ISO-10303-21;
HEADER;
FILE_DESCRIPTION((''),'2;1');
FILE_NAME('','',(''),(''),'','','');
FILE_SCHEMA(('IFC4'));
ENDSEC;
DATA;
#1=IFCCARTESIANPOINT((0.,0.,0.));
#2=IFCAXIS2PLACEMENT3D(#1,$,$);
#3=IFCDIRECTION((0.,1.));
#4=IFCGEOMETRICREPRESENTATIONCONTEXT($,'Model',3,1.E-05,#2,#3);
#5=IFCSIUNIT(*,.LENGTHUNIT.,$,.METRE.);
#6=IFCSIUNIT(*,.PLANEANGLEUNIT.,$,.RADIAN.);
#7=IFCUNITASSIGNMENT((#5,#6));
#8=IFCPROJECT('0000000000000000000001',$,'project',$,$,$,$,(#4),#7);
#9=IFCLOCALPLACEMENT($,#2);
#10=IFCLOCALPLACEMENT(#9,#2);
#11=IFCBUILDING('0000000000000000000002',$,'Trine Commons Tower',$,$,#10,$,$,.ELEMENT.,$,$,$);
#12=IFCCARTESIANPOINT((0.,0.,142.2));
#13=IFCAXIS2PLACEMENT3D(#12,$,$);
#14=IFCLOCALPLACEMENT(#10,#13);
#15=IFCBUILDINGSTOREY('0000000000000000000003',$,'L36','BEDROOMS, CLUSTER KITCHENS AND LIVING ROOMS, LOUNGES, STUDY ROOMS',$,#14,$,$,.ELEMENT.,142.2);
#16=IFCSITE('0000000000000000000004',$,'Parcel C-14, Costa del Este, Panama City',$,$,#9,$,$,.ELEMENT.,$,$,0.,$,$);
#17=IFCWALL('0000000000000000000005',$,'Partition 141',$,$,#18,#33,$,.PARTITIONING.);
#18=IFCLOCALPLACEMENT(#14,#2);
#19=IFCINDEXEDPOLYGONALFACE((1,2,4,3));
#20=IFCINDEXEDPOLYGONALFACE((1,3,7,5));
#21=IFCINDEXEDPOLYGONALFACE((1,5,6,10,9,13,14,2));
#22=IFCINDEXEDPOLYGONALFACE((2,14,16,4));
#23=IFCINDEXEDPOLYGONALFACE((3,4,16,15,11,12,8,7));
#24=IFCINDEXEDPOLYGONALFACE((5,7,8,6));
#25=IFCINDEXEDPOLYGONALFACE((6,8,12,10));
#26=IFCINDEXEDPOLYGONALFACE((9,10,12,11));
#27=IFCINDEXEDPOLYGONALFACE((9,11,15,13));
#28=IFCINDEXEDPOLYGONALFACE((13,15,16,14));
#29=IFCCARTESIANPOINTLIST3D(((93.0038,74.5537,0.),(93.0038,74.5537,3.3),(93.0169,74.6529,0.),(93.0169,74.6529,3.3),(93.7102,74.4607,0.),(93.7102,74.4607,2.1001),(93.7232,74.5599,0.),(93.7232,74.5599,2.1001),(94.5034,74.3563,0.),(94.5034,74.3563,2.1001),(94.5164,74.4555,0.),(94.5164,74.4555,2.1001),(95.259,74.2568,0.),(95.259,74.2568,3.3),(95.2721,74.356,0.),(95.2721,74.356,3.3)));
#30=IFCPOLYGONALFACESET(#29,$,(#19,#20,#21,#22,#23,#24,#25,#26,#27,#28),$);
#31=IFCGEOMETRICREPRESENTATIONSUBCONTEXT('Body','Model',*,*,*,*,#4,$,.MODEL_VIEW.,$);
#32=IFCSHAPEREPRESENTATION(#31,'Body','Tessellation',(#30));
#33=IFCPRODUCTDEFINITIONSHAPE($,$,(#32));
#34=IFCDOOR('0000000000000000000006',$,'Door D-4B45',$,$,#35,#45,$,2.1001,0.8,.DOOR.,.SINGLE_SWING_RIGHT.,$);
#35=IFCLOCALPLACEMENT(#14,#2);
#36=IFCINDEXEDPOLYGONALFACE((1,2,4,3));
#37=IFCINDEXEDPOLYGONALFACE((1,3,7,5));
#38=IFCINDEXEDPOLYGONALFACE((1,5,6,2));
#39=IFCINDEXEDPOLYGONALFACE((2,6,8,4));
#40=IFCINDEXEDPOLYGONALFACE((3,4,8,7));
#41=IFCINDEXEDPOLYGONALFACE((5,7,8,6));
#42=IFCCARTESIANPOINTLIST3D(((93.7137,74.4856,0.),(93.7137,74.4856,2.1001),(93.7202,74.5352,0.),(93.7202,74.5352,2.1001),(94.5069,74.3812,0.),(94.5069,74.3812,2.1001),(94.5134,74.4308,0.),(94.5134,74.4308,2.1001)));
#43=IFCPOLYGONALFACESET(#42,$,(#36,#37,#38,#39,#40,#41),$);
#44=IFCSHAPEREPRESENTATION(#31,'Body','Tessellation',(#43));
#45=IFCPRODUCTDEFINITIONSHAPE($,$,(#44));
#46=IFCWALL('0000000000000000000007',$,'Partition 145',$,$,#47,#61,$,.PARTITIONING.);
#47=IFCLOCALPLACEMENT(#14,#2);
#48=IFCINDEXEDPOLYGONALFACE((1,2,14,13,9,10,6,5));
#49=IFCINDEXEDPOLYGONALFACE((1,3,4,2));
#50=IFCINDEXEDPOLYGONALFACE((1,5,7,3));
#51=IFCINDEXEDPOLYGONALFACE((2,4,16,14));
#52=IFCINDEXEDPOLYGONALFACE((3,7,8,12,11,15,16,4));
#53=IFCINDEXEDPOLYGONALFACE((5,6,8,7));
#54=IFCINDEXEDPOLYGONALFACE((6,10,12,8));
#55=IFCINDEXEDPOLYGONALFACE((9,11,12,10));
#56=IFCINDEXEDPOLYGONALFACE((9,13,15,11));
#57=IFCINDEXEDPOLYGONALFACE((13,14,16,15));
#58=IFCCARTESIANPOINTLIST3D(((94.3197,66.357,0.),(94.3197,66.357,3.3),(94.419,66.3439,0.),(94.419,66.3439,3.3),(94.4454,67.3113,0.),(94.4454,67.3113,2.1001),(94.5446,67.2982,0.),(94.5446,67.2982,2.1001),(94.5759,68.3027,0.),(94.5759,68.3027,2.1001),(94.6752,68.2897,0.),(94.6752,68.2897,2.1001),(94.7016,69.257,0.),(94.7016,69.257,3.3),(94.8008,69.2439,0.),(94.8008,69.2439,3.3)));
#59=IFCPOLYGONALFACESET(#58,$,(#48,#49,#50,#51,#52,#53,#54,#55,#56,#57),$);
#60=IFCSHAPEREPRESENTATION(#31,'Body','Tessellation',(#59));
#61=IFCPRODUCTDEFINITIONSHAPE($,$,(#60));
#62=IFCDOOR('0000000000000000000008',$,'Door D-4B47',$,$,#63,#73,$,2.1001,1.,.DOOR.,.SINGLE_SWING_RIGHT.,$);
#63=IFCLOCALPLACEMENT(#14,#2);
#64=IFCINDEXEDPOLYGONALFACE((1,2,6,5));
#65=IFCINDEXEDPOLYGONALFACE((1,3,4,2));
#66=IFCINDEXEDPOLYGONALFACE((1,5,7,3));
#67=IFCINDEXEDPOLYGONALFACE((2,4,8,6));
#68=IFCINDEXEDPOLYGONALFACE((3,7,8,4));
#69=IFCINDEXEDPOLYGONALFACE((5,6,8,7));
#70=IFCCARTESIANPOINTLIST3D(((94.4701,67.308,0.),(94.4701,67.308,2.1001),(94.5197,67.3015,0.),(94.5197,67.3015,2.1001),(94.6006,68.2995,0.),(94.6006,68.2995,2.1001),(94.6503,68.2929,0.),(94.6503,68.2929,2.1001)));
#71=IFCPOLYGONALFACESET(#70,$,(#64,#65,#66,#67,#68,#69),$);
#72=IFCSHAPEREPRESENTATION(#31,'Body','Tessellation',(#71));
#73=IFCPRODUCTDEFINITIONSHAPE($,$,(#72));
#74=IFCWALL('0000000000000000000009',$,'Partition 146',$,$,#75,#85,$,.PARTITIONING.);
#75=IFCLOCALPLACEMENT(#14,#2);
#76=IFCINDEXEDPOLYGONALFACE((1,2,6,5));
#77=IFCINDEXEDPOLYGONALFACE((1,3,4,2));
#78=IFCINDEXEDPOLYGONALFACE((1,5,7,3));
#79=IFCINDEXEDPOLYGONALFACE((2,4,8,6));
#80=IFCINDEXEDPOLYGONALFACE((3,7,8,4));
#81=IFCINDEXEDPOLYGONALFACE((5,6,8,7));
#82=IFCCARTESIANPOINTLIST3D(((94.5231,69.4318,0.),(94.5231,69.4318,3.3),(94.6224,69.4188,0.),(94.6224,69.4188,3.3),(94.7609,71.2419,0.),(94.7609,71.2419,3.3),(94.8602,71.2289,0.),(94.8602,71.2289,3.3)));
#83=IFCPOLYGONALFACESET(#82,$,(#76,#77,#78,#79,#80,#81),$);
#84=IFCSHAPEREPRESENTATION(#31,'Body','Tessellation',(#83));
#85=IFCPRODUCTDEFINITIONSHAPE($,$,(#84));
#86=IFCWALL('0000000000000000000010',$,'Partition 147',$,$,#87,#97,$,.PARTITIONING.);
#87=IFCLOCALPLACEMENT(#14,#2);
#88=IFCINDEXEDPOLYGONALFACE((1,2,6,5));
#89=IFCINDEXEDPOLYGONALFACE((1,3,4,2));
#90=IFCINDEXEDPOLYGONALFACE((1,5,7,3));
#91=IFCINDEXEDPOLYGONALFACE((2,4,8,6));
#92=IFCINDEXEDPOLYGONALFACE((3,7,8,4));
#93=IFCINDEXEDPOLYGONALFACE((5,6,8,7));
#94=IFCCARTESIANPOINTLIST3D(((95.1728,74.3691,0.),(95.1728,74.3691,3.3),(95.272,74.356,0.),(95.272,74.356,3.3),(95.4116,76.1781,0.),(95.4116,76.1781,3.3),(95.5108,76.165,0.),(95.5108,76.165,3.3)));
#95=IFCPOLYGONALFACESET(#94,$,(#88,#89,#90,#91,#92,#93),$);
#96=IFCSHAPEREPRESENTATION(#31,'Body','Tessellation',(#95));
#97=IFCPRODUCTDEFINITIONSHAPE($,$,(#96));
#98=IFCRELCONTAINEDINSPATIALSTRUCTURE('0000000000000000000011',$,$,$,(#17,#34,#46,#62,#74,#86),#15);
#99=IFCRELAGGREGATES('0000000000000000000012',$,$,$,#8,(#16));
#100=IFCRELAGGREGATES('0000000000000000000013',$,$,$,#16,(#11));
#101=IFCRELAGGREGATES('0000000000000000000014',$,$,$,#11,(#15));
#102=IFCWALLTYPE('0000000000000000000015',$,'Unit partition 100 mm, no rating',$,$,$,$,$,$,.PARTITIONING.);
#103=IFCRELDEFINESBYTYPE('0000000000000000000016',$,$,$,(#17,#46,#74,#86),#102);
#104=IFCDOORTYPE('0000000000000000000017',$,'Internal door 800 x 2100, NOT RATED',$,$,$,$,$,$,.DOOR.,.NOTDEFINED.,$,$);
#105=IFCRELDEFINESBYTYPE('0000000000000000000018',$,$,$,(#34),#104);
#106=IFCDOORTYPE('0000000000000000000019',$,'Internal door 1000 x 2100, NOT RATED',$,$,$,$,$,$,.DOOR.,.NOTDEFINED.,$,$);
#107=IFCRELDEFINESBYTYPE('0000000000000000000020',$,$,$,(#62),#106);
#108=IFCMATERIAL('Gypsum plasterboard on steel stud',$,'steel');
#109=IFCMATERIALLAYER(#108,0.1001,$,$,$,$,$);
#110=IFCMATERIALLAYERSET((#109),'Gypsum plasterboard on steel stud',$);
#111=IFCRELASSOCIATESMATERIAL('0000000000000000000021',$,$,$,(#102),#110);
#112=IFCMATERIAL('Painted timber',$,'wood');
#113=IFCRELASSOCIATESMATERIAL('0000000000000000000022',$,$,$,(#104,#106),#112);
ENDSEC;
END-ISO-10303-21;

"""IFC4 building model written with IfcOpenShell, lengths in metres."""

from ifc_helpers import new_model, si_unit, direction, frame, frame_2d, origin, place, context, subcontext, project, spatial, rectangle, extrude, material, layer, layer_set, type_object, element, fill, save


model = new_model("IFC4")

# Units and contexts
model_context = context("Model", 3, precision=1e-05, world=origin(), true_north=direction((0.0, 1.0)))
body_context = subcontext(model_context, "Body", "Model", "MODEL_VIEW")
ifc_project = project(units=[si_unit("LENGTHUNIT", "METRE"), si_unit("PLANEANGLEUNIT", "RADIAN")], contexts=[model_context])

# Site, building, storey
site_placement = place(None, origin())
site = spatial("IfcSite", under=ifc_project, at=site_placement, Name="Parcel C-14, Costa del Este, Panama City", CompositionType="ELEMENT", RefElevation=0.0)
building_placement = place(site_placement, origin())
building = spatial("IfcBuilding", under=site, at=building_placement, Name="Trine Commons Tower", CompositionType="ELEMENT")
storey_placement = place(building_placement, frame((0.0, 0.0, 142.2)))
storey = spatial("IfcBuildingStorey", under=building, at=storey_placement, Name="L36", Description="BEDROOMS, CLUSTER KITCHENS AND LIVING ROOMS, LOUNGES, STUDY ROOMS", CompositionType="ELEMENT", Elevation=142.2)

# Shared definitions
ifc_material_1 = material(Name="Gypsum plasterboard on steel stud", Category="steel")

# Shared definitions
ifc_layer_1 = layer(ifc_material_1, 0.1001)
ifc_layer_set_1 = layer_set([ifc_layer_1], Name="Gypsum plasterboard on steel stud")
wall_type_1 = type_object("IfcWallType", Name="Unit partition 100 mm, no rating", PredefinedType="PARTITIONING", material=ifc_layer_set_1)

# Walls, openings, doors
ifc_material_2 = material(Name="Painted timber", Category="wood")
door_type_1 = type_object("IfcDoorType", Name="Internal door 800 x 2100, NOT RATED", OperationType="NOTDEFINED", PredefinedType="DOOR", material=ifc_material_2)
wall_1_placement = place(storey_placement, frame((93.0105, 74.6033, 0.0), z_axis=(0.0, 0.0, 1.0), x_axis=(0.991446, -0.130518, 0.0)))
wall_1 = element("IfcWall", 1, at=wall_1_placement, inside=storey, type_object=wall_type_1, Name="Partition 141", PredefinedType="PARTITIONING", context=body_context, shape_type="SweptSolid", body=[
    extrude(rectangle(XDim=2.2747, YDim=0.1001, at=frame_2d((1.1372, 0.0))), origin(), (0.0, 0.0, 1.0), 3.3),
])
opening_1_placement = place(wall_1_placement, frame((0.7124, 0.0, 0.0)))
opening_1 = element("IfcOpeningElement", 2, at=opening_1_placement, cuts=wall_1, PredefinedType="OPENING", context=body_context, shape_type="SweptSolid", body=[
    extrude(rectangle(XDim=0.8, YDim=2.1001, at=frame_2d((0.3999, 1.05))), frame((0.0, 0.0601, 0.0), z_axis=(0.0, -1.0, 0.0), x_axis=(1.0, 0.0, 0.0)), (0.0, 0.0, 1.0), 0.1201),
])
door_1_placement = place(opening_1_placement, frame((0.8, 0.0, 0.0), z_axis=(0.0, 0.0, 1.0), x_axis=(-1.0, 0.0, 0.0)))
door_1 = element("IfcDoor", 3, at=door_1_placement, inside=storey, type_object=door_type_1, Name="Door D-4B45", OperationType="SINGLE_SWING_RIGHT", OverallHeight=2.1001, OverallWidth=0.8, PredefinedType="DOOR", context=body_context, shape_type="SweptSolid", body=[
    extrude(rectangle(XDim=0.8, YDim=2.1001, at=frame_2d((0.3999, 1.05))), frame((0.0, 0.0249, 0.0), z_axis=(0.0, -1.0, 0.0), x_axis=(1.0, 0.0, 0.0)), (0.0, 0.0, 1.0), 0.05),
])
fill(opening_1, door_1)
wall_2_placement = place(storey_placement, frame((94.3694, 66.3506, 0.0), z_axis=(0.0, 0.0, 1.0), x_axis=(0.130545, 0.991442, 0.0)))
wall_2 = element("IfcWall", 4, at=wall_2_placement, inside=storey, type_object=wall_type_1, Name="Partition 145", PredefinedType="PARTITIONING", context=body_context, shape_type="SweptSolid", body=[
    extrude(rectangle(XDim=2.925, YDim=0.1001, at=frame_2d((1.4624, 0.0))), origin(), (0.0, 0.0, 1.0), 3.3),
])
opening_2_placement = place(wall_2_placement, frame((0.9624, 0.0, 0.0)))
opening_2 = element("IfcOpeningElement", 5, at=opening_2_placement, cuts=wall_2, PredefinedType="OPENING", context=body_context, shape_type="SweptSolid", body=[
    extrude(rectangle(XDim=1.0, YDim=2.1001, at=frame_2d((0.5, 1.05))), frame((0.0, 0.0601, 0.0), z_axis=(0.0, -1.0, 0.0), x_axis=(1.0, 0.0, 0.0)), (0.0, 0.0, 1.0), 0.1201),
])
door_type_2 = type_object("IfcDoorType", Name="Internal door 1000 x 2100, NOT RATED", OperationType="NOTDEFINED", PredefinedType="DOOR", material=ifc_material_2)
door_2_placement = place(opening_2_placement, frame((1.0, 0.0, 0.0), z_axis=(0.0, 0.0, 1.0), x_axis=(-1.0, 0.0, 0.0)))
door_2 = element("IfcDoor", 6, at=door_2_placement, inside=storey, type_object=door_type_2, Name="Door D-4B47", OperationType="SINGLE_SWING_RIGHT", OverallHeight=2.1001, OverallWidth=1.0, PredefinedType="DOOR", context=body_context, shape_type="SweptSolid", body=[
    extrude(rectangle(XDim=1.0, YDim=2.1001, at=frame_2d((0.5, 1.05))), frame((0.0, 0.0249, 0.0), z_axis=(0.0, -1.0, 0.0), x_axis=(1.0, 0.0, 0.0)), (0.0, 0.0, 1.0), 0.05),
])
fill(opening_2, door_2)

# Walls
wall_3_placement = place(storey_placement, frame((94.5728, 69.4253, 0.0), z_axis=(0.0, 0.0, 1.0), x_axis=(0.130254, 0.991481, 0.0)))
element("IfcWall", 7, at=wall_3_placement, inside=storey, type_object=wall_type_1, Name="Partition 146", PredefinedType="PARTITIONING", context=body_context, shape_type="SweptSolid", body=[
    extrude(rectangle(XDim=1.8257, YDim=0.1001, at=frame_2d((0.9128, 0.0))), origin(), (0.0, 0.0, 1.0), 3.3),
])
wall_4_placement = place(storey_placement, frame((95.2224, 74.3625, 0.0), z_axis=(0.0, 0.0, 1.0), x_axis=(0.130849, 0.991402, 0.0)))
element("IfcWall", 8, at=wall_4_placement, inside=storey, type_object=wall_type_1, Name="Partition 147", PredefinedType="PARTITIONING", context=body_context, shape_type="SweptSolid", body=[
    extrude(rectangle(XDim=1.8247, YDim=0.1001, at=frame_2d((0.9124, 0.0))), origin(), (0.0, 0.0, 1.0), 3.3),
])

save(model, "model.ifc")
